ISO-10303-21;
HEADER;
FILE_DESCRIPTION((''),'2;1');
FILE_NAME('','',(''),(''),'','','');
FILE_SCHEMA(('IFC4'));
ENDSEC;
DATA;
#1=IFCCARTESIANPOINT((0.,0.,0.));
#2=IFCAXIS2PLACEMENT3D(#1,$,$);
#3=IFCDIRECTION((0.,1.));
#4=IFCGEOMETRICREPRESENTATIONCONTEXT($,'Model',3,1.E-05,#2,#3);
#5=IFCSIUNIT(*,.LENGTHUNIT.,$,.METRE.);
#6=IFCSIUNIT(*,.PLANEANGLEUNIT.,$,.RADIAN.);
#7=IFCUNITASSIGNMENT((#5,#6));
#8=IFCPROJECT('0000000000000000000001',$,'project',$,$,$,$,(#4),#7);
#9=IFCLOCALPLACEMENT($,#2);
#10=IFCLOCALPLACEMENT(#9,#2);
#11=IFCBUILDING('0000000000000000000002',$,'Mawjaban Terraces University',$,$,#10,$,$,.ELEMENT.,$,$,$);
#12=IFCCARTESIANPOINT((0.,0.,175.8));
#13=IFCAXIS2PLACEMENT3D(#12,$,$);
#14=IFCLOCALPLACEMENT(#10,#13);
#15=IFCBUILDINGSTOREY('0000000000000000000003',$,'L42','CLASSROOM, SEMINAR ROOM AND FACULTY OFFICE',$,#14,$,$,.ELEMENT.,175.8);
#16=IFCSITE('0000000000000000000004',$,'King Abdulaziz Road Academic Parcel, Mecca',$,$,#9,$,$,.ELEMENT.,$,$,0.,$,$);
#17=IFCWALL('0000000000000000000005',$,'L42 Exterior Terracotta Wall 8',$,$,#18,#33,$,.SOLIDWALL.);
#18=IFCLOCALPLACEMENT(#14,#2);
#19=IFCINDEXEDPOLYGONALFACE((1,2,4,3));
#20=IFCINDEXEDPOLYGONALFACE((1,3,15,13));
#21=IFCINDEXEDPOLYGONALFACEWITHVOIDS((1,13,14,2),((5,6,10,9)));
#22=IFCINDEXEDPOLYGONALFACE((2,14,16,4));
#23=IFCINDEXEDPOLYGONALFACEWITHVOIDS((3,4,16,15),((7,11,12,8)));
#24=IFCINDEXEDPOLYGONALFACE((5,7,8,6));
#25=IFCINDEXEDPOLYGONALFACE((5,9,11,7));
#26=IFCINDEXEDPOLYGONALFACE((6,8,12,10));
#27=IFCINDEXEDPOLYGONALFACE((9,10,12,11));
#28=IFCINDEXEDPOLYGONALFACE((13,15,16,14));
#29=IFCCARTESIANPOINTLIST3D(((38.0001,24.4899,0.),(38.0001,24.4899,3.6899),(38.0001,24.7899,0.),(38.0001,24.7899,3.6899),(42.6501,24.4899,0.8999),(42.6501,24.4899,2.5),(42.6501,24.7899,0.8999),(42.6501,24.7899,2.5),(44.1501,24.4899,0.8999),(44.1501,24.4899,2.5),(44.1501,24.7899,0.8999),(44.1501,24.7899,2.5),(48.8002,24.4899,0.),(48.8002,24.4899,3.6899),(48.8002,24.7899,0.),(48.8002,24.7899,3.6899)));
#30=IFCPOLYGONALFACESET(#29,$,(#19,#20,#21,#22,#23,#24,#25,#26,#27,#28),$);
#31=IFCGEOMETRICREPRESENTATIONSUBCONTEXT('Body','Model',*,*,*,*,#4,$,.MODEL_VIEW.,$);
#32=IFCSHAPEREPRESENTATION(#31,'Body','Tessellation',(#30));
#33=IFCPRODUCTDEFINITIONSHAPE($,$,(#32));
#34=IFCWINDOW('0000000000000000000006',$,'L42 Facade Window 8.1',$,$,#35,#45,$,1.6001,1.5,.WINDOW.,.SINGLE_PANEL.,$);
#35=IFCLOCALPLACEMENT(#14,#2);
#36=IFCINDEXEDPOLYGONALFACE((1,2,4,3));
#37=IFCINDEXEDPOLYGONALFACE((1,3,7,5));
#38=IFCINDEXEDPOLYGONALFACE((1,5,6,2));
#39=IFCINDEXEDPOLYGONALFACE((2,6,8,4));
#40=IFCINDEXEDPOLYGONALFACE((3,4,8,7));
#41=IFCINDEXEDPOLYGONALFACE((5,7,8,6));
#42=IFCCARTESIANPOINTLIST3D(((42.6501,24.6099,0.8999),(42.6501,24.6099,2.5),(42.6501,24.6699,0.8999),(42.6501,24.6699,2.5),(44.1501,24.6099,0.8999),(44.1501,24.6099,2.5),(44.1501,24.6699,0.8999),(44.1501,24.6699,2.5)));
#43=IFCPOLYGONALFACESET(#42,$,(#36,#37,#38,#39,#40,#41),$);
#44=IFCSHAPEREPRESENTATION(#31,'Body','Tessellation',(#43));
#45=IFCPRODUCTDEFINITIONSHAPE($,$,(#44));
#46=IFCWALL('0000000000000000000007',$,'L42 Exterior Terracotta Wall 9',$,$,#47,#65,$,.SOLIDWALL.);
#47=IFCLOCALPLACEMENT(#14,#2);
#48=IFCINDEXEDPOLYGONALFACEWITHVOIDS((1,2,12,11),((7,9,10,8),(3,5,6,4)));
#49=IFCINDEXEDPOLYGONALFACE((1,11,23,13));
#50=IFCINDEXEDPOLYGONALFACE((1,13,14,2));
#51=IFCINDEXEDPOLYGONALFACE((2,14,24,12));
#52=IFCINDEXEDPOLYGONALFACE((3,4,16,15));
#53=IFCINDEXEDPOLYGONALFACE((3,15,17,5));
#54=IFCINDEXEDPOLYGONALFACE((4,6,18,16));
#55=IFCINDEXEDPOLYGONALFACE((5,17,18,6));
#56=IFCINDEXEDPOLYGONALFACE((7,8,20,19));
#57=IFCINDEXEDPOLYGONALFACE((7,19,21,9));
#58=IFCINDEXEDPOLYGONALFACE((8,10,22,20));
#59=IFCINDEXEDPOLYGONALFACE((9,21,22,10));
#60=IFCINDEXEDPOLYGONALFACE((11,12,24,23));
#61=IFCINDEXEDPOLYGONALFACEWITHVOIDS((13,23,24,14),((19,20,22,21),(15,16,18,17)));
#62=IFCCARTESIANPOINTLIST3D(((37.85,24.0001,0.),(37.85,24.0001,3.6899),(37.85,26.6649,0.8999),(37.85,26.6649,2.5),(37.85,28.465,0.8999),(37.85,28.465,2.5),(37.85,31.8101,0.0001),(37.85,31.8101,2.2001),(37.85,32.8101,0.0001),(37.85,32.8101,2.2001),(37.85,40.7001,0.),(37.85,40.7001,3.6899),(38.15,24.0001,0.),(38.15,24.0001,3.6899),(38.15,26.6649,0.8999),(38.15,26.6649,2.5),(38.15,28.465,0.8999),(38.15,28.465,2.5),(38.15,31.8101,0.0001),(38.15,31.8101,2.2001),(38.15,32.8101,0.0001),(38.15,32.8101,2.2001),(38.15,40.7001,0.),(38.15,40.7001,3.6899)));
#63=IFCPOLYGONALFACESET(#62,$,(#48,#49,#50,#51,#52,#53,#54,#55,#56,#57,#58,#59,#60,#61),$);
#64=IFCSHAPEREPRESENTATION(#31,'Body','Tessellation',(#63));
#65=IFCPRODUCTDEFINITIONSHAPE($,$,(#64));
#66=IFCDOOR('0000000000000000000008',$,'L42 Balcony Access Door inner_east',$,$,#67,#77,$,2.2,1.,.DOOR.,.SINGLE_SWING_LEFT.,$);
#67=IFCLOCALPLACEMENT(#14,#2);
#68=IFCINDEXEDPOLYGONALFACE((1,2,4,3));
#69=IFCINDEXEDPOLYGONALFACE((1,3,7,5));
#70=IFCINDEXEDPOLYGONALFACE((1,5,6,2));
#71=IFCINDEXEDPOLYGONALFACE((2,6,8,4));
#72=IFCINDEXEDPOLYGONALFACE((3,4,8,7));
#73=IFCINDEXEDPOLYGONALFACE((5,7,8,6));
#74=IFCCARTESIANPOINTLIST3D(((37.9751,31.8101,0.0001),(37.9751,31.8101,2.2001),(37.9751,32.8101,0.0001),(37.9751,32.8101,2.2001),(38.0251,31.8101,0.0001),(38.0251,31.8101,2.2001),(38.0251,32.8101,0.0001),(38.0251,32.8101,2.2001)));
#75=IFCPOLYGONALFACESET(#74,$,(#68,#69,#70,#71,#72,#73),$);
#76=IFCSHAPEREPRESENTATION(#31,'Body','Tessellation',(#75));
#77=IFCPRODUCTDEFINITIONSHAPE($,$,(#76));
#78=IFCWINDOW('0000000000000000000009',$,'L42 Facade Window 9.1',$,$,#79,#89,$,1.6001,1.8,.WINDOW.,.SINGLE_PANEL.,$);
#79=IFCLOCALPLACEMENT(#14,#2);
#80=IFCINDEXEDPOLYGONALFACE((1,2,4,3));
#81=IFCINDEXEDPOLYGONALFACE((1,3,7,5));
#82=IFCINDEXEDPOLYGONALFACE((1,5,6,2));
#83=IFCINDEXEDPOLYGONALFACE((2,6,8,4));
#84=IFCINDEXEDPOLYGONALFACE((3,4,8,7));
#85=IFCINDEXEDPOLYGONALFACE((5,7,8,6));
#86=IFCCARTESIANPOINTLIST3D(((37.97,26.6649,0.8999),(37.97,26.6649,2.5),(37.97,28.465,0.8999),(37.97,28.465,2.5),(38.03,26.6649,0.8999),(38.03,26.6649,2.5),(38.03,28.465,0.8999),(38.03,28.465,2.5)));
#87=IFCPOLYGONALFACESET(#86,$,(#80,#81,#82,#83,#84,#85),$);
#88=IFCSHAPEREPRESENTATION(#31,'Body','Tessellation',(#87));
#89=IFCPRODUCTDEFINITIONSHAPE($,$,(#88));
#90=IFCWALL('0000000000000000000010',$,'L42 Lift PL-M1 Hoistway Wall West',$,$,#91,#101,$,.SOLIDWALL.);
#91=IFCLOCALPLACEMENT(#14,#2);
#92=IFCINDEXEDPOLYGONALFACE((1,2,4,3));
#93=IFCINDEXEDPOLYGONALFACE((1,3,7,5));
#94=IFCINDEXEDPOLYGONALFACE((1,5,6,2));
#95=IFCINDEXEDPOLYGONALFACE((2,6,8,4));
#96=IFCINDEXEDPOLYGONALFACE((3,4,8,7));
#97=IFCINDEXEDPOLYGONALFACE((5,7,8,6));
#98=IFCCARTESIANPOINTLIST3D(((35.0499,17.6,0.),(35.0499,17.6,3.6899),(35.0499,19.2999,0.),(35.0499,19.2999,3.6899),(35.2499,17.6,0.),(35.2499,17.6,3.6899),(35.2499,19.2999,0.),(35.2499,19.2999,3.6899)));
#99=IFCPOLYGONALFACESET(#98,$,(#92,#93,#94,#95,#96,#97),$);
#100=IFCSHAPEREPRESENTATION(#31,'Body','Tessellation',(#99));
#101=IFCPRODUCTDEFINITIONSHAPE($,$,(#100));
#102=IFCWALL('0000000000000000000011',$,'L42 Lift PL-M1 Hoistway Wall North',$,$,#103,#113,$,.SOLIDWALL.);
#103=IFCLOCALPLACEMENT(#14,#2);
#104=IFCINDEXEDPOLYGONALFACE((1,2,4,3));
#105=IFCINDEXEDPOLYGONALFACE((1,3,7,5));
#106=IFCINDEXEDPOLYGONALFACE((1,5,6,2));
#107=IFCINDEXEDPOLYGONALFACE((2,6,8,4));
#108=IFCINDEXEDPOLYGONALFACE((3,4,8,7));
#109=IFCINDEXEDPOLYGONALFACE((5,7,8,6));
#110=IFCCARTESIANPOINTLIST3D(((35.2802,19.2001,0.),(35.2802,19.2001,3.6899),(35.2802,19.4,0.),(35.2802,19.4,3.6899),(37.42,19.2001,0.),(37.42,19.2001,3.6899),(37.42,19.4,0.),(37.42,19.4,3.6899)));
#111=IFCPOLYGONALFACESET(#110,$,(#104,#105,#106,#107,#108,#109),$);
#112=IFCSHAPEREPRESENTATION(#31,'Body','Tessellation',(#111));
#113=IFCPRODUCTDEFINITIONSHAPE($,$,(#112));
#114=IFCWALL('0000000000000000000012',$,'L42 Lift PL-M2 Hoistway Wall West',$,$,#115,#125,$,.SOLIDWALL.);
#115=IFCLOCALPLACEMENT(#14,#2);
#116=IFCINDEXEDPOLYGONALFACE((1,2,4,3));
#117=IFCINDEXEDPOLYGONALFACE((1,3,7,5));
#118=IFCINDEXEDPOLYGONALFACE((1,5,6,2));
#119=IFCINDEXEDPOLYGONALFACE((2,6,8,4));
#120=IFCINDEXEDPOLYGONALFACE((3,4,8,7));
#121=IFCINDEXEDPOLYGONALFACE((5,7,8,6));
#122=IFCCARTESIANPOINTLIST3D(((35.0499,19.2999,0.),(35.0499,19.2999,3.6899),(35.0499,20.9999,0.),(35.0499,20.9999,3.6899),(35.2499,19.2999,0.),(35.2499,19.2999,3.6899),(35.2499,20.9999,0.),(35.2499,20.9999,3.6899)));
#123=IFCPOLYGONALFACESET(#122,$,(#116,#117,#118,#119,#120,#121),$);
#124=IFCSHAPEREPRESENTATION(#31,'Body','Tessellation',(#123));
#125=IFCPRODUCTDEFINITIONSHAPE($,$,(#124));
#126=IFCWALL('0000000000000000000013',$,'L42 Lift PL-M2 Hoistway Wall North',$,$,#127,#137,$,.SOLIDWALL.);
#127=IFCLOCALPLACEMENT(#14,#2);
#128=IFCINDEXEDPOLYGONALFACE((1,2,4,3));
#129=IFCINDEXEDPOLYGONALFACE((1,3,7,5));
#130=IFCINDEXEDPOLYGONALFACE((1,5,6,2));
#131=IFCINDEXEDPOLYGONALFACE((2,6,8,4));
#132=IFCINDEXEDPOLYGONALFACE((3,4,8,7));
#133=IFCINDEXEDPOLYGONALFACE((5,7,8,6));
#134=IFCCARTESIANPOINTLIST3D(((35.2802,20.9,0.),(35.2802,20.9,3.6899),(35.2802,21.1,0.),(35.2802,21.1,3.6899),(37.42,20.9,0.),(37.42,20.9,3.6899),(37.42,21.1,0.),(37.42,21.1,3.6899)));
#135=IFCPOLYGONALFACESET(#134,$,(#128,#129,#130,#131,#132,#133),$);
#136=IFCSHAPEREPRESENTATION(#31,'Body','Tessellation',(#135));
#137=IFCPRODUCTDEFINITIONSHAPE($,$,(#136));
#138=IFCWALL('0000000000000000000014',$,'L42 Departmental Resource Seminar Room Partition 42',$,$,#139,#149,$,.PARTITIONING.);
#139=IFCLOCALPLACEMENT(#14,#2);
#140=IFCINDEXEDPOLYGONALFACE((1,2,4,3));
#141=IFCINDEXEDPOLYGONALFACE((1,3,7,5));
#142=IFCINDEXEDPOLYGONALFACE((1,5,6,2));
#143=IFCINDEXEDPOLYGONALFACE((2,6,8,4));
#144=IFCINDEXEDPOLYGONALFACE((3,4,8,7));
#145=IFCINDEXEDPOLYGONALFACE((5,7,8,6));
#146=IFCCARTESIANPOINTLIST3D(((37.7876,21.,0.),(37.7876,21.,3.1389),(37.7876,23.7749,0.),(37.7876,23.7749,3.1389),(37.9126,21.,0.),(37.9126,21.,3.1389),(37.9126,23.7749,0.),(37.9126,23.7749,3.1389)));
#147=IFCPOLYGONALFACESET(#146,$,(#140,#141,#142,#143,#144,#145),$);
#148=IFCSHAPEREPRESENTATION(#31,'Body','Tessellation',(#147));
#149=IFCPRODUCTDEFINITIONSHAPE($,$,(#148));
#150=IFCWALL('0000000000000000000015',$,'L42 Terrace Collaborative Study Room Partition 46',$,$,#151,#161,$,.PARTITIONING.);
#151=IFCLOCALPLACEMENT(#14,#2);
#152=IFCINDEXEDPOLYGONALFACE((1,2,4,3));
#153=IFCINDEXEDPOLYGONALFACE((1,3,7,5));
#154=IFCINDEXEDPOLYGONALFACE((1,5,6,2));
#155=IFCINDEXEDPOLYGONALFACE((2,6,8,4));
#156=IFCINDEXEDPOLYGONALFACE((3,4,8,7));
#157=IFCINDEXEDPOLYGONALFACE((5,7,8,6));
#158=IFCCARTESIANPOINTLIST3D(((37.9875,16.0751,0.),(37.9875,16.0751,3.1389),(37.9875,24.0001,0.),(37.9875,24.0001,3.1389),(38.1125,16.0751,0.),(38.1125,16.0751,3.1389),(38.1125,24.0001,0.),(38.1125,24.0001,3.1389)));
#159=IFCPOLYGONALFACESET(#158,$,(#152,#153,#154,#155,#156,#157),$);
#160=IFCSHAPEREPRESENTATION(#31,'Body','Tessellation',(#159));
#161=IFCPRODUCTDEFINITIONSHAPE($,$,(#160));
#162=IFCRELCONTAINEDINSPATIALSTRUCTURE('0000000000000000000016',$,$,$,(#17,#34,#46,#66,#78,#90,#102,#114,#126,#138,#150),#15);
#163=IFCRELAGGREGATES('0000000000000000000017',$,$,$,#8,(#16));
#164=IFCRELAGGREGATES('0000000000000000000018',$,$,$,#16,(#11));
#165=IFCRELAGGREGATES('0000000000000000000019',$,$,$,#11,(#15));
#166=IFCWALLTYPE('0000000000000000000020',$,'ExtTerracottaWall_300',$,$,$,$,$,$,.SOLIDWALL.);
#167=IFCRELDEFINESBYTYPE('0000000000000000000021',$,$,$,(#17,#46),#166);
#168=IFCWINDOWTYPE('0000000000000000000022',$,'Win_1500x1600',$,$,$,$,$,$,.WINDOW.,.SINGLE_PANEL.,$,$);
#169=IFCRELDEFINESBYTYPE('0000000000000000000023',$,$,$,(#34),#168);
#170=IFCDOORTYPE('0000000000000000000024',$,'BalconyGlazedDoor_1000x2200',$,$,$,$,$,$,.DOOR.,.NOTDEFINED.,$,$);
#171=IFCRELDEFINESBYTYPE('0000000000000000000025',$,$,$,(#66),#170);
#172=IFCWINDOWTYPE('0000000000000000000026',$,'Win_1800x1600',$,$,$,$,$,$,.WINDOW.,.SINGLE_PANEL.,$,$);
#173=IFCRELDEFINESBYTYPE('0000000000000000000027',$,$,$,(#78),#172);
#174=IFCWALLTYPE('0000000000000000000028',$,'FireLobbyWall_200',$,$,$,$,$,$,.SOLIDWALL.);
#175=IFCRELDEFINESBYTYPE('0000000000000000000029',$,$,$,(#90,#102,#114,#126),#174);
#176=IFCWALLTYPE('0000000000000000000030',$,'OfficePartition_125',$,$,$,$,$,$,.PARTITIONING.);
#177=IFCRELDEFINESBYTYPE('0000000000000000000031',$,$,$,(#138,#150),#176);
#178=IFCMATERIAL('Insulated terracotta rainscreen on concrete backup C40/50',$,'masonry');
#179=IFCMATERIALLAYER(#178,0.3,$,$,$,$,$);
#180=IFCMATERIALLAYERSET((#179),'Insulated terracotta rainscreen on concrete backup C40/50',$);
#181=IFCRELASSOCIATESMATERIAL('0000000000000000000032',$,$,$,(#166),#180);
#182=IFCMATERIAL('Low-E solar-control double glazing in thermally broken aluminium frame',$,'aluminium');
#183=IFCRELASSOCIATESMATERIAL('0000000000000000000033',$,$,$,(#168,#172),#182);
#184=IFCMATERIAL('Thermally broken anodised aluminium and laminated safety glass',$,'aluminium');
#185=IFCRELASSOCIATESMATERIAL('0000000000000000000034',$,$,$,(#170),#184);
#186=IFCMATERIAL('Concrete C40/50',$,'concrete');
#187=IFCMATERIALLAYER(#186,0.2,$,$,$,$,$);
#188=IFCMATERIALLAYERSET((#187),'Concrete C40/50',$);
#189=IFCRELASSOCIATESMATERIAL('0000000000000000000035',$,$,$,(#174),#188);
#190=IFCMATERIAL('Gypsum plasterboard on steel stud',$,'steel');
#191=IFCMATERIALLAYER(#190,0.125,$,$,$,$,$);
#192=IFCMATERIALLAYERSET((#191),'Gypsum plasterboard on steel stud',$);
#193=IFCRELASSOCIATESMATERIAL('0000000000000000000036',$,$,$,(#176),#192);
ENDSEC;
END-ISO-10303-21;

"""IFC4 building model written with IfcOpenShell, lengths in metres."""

from ifc_helpers import new_model, si_unit, direction, frame, frame_2d, origin, place, context, subcontext, project, spatial, rectangle, extrude, material, layer, layer_set, type_object, element, fill, save


model = new_model("IFC4")

# Units and contexts
model_context = context("Model", 3, precision=1e-05, world=origin(), true_north=direction((0.0, 1.0)))
body_context = subcontext(model_context, "Body", "Model", "MODEL_VIEW")
ifc_project = project(units=[si_unit("LENGTHUNIT", "METRE"), si_unit("PLANEANGLEUNIT", "RADIAN")], contexts=[model_context])

# Site, building, storey
site_placement = place(None, origin())
site = spatial("IfcSite", under=ifc_project, at=site_placement, Name="King Abdulaziz Road Academic Parcel, Mecca", CompositionType="ELEMENT", RefElevation=0.0)
building_placement = place(site_placement, origin())
building = spatial("IfcBuilding", under=site, at=building_placement, Name="Mawjaban Terraces University", CompositionType="ELEMENT")
storey_placement = place(building_placement, frame((0.0, 0.0, 175.8)))
storey = spatial("IfcBuildingStorey", under=building, at=storey_placement, Name="L42", Description="CLASSROOM, SEMINAR ROOM AND FACULTY OFFICE", CompositionType="ELEMENT", Elevation=175.8)

# Shared definitions
ifc_material_1 = material(Name="Insulated terracotta rainscreen on concrete backup C40/50", Category="masonry")
ifc_layer_1 = layer(ifc_material_1, 0.3)
ifc_layer_set_1 = layer_set([ifc_layer_1], Name="Insulated terracotta rainscreen on concrete backup C40/50")
wall_type_1 = type_object("IfcWallType", Name="ExtTerracottaWall_300", PredefinedType="SOLIDWALL", material=ifc_layer_set_1)

# Wall, opening, window
wall_1_placement = place(storey_placement, frame((48.8, 24.6399, 0.0), z_axis=(0.0, 0.0, 1.0), x_axis=(-1.0, 0.0, 0.0)))
wall_1 = element("IfcWall", 1, at=wall_1_placement, inside=storey, type_object=wall_type_1, Name="L42 Exterior Terracotta Wall 8", PredefinedType="SOLIDWALL", context=body_context, shape_type="SweptSolid", body=[
    extrude(rectangle(XDim=10.8, YDim=0.3, at=frame_2d((5.3999, 0.0))), origin(), (0.0, 0.0, 1.0), 3.6899),
])
opening_1_placement = place(wall_1_placement, frame((4.6499, 0.0, 0.8999)))
opening_1 = element("IfcOpeningElement", 2, at=opening_1_placement, cuts=wall_1, PredefinedType="OPENING", context=body_context, shape_type="SweptSolid", body=[
    extrude(rectangle(XDim=1.5, YDim=1.6001, at=frame_2d((0.75, 0.8))), frame((0.0, 0.1599, 0.0), z_axis=(0.0, -1.0, 0.0), x_axis=(1.0, 0.0, 0.0)), (0.0, 0.0, 1.0), 0.3201),
])
ifc_material_2 = material(Name="Low-E solar-control double glazing in thermally broken aluminium frame", Category="aluminium")
window_type_1 = type_object("IfcWindowType", Name="Win_1500x1600", PartitioningType="SINGLE_PANEL", PredefinedType="WINDOW", material=ifc_material_2)
window_1_placement = place(opening_1_placement, origin())
window_1 = element("IfcWindow", 3, at=window_1_placement, inside=storey, type_object=window_type_1, Name="L42 Facade Window 8.1", OverallHeight=1.6001, OverallWidth=1.5, PartitioningType="SINGLE_PANEL", PredefinedType="WINDOW", context=body_context, shape_type="SweptSolid", body=[
    extrude(rectangle(XDim=1.5, YDim=1.6001, at=frame_2d((0.75, 0.8))), frame((0.0, 0.03, 0.0), z_axis=(0.0, -1.0, 0.0), x_axis=(1.0, 0.0, 0.0)), (0.0, 0.0, 1.0), 0.0601),
])
fill(opening_1, window_1)

# Wall, openings, door, window
wall_2_placement = place(storey_placement, frame((38.0, 24.0, 0.0), z_axis=(0.0, 0.0, 1.0), x_axis=(0.0, 1.0, 0.0)))
wall_2 = element("IfcWall", 4, at=wall_2_placement, inside=storey, type_object=wall_type_1, Name="L42 Exterior Terracotta Wall 9", PredefinedType="SOLIDWALL", context=body_context, shape_type="SweptSolid", body=[
    extrude(rectangle(XDim=16.7, YDim=0.3, at=frame_2d((8.3501, 0.0))), origin(), (0.0, 0.0, 1.0), 3.6899),
])
opening_2_placement = place(wall_2_placement, frame((7.8101, 0.0, 0.0)))
opening_2 = element("IfcOpeningElement", 5, at=opening_2_placement, cuts=wall_2, PredefinedType="OPENING", context=body_context, shape_type="SweptSolid", body=[
    extrude(rectangle(XDim=1.0, YDim=2.2, at=frame_2d((0.5, 1.1001))), frame((0.0, 0.1599, 0.0), z_axis=(0.0, -1.0, 0.0), x_axis=(1.0, 0.0, 0.0)), (0.0, 0.0, 1.0), 0.3201),
])
opening_3_placement = place(wall_2_placement, frame((2.665, 0.0, 0.8999)))
opening_3 = element("IfcOpeningElement", 6, at=opening_3_placement, cuts=wall_2, PredefinedType="OPENING", context=body_context, shape_type="SweptSolid", body=[
    extrude(rectangle(XDim=1.8, YDim=1.6001, at=frame_2d((0.8999, 0.8))), frame((0.0, 0.1599, 0.0), z_axis=(0.0, -1.0, 0.0), x_axis=(1.0, 0.0, 0.0)), (0.0, 0.0, 1.0), 0.3201),
])
ifc_material_3 = material(Name="Thermally broken anodised aluminium and laminated safety glass", Category="aluminium")
door_type_1 = type_object("IfcDoorType", Name="BalconyGlazedDoor_1000x2200", OperationType="NOTDEFINED", PredefinedType="DOOR", material=ifc_material_3)
door_1_placement = place(opening_2_placement, origin())
door_1 = element("IfcDoor", 7, at=door_1_placement, inside=storey, type_object=door_type_1, Name="L42 Balcony Access Door inner_east", OperationType="SINGLE_SWING_LEFT", OverallHeight=2.2, OverallWidth=1.0, PredefinedType="DOOR", context=body_context, shape_type="SweptSolid", body=[
    extrude(rectangle(XDim=1.0, YDim=2.2, at=frame_2d((0.5, 1.1001))), frame((0.0, 0.0249, 0.0), z_axis=(0.0, -1.0, 0.0), x_axis=(1.0, 0.0, 0.0)), (0.0, 0.0, 1.0), 0.05),
])
fill(opening_2, door_1)
window_type_2 = type_object("IfcWindowType", Name="Win_1800x1600", PartitioningType="SINGLE_PANEL", PredefinedType="WINDOW", material=ifc_material_2)
window_2_placement = place(opening_3_placement, origin())
window_2 = element("IfcWindow", 8, at=window_2_placement, inside=storey, type_object=window_type_2, Name="L42 Facade Window 9.1", OverallHeight=1.6001, OverallWidth=1.8, PartitioningType="SINGLE_PANEL", PredefinedType="WINDOW", context=body_context, shape_type="SweptSolid", body=[
    extrude(rectangle(XDim=1.8, YDim=1.6001, at=frame_2d((0.8999, 0.8))), frame((0.0, 0.03, 0.0), z_axis=(0.0, -1.0, 0.0), x_axis=(1.0, 0.0, 0.0)), (0.0, 0.0, 1.0), 0.0601),
])
fill(opening_3, window_2)

# Walls
ifc_material_4 = material(Name="Concrete C40/50", Category="concrete")
ifc_layer_2 = layer(ifc_material_4, 0.2)
ifc_layer_set_2 = layer_set([ifc_layer_2], Name="Concrete C40/50")
wall_type_2 = type_object("IfcWallType", Name="FireLobbyWall_200", PredefinedType="SOLIDWALL", material=ifc_layer_set_2)
wall_3_placement = place(storey_placement, frame((35.1499, 19.3, 0.0), z_axis=(0.0, 0.0, 1.0), x_axis=(0.0, -1.0, 0.0)))
element("IfcWall", 9, at=wall_3_placement, inside=storey, type_object=wall_type_2, Name="L42 Lift PL-M1 Hoistway Wall West", PredefinedType="SOLIDWALL", context=body_context, shape_type="SweptSolid", body=[
    extrude(rectangle(XDim=1.7, YDim=0.2, at=frame_2d((0.8501, 0.0))), origin(), (0.0, 0.0, 1.0), 3.6899),
])
wall_4_placement = place(storey_placement, frame((37.4199, 19.3, 0.0), z_axis=(0.0, 0.0, 1.0), x_axis=(-1.0, 0.0, 0.0)))
element("IfcWall", 10, at=wall_4_placement, inside=storey, type_object=wall_type_2, Name="L42 Lift PL-M1 Hoistway Wall North", PredefinedType="SOLIDWALL", context=body_context, shape_type="SweptSolid", body=[
    extrude(rectangle(XDim=2.1399, YDim=0.2, at=frame_2d((1.0698, 0.0))), origin(), (0.0, 0.0, 1.0), 3.6899),
])
wall_5_placement = place(storey_placement, frame((35.1499, 21.0, 0.0), z_axis=(0.0, 0.0, 1.0), x_axis=(0.0, -1.0, 0.0)))
element("IfcWall", 11, at=wall_5_placement, inside=storey, type_object=wall_type_2, Name="L42 Lift PL-M2 Hoistway Wall West", PredefinedType="SOLIDWALL", context=body_context, shape_type="SweptSolid", body=[
    extrude(rectangle(XDim=1.7, YDim=0.2, at=frame_2d((0.8501, 0.0))), origin(), (0.0, 0.0, 1.0), 3.6899),
])
wall_6_placement = place(storey_placement, frame((37.4199, 21.0, 0.0), z_axis=(0.0, 0.0, 1.0), x_axis=(-1.0, 0.0, 0.0)))
element("IfcWall", 12, at=wall_6_placement, inside=storey, type_object=wall_type_2, Name="L42 Lift PL-M2 Hoistway Wall North", PredefinedType="SOLIDWALL", context=body_context, shape_type="SweptSolid", body=[
    extrude(rectangle(XDim=2.1399, YDim=0.2, at=frame_2d((1.0698, 0.0))), origin(), (0.0, 0.0, 1.0), 3.6899),
])
ifc_material_5 = material(Name="Gypsum plasterboard on steel stud", Category="steel")
ifc_layer_3 = layer(ifc_material_5, 0.125)
ifc_layer_set_3 = layer_set([ifc_layer_3], Name="Gypsum plasterboard on steel stud")
wall_type_3 = type_object("IfcWallType", Name="OfficePartition_125", PredefinedType="PARTITIONING", material=ifc_layer_set_3)
wall_7_placement = place(storey_placement, frame((37.8501, 21.0, 0.0), z_axis=(0.0, 0.0, 1.0), x_axis=(0.0, 1.0, 0.0)))
element("IfcWall", 13, at=wall_7_placement, inside=storey, type_object=wall_type_3, Name="L42 Departmental Resource Seminar Room Partition 42", PredefinedType="PARTITIONING", context=body_context, shape_type="SweptSolid", body=[
    extrude(rectangle(XDim=2.7749, YDim=0.125, at=frame_2d((1.3875, 0.0))), origin(), (0.0, 0.0, 1.0), 3.1389),
])
wall_8_placement = place(storey_placement, frame((38.05, 24.0, 0.0), z_axis=(0.0, 0.0, 1.0), x_axis=(0.0, -1.0, 0.0)))
element("IfcWall", 14, at=wall_8_placement, inside=storey, type_object=wall_type_3, Name="L42 Terrace Collaborative Study Room Partition 46", PredefinedType="PARTITIONING", context=body_context, shape_type="SweptSolid", body=[
    extrude(rectangle(XDim=7.925, YDim=0.125, at=frame_2d((3.9624, 0.0))), origin(), (0.0, 0.0, 1.0), 3.1389),
])

save(model, "model.ifc")
